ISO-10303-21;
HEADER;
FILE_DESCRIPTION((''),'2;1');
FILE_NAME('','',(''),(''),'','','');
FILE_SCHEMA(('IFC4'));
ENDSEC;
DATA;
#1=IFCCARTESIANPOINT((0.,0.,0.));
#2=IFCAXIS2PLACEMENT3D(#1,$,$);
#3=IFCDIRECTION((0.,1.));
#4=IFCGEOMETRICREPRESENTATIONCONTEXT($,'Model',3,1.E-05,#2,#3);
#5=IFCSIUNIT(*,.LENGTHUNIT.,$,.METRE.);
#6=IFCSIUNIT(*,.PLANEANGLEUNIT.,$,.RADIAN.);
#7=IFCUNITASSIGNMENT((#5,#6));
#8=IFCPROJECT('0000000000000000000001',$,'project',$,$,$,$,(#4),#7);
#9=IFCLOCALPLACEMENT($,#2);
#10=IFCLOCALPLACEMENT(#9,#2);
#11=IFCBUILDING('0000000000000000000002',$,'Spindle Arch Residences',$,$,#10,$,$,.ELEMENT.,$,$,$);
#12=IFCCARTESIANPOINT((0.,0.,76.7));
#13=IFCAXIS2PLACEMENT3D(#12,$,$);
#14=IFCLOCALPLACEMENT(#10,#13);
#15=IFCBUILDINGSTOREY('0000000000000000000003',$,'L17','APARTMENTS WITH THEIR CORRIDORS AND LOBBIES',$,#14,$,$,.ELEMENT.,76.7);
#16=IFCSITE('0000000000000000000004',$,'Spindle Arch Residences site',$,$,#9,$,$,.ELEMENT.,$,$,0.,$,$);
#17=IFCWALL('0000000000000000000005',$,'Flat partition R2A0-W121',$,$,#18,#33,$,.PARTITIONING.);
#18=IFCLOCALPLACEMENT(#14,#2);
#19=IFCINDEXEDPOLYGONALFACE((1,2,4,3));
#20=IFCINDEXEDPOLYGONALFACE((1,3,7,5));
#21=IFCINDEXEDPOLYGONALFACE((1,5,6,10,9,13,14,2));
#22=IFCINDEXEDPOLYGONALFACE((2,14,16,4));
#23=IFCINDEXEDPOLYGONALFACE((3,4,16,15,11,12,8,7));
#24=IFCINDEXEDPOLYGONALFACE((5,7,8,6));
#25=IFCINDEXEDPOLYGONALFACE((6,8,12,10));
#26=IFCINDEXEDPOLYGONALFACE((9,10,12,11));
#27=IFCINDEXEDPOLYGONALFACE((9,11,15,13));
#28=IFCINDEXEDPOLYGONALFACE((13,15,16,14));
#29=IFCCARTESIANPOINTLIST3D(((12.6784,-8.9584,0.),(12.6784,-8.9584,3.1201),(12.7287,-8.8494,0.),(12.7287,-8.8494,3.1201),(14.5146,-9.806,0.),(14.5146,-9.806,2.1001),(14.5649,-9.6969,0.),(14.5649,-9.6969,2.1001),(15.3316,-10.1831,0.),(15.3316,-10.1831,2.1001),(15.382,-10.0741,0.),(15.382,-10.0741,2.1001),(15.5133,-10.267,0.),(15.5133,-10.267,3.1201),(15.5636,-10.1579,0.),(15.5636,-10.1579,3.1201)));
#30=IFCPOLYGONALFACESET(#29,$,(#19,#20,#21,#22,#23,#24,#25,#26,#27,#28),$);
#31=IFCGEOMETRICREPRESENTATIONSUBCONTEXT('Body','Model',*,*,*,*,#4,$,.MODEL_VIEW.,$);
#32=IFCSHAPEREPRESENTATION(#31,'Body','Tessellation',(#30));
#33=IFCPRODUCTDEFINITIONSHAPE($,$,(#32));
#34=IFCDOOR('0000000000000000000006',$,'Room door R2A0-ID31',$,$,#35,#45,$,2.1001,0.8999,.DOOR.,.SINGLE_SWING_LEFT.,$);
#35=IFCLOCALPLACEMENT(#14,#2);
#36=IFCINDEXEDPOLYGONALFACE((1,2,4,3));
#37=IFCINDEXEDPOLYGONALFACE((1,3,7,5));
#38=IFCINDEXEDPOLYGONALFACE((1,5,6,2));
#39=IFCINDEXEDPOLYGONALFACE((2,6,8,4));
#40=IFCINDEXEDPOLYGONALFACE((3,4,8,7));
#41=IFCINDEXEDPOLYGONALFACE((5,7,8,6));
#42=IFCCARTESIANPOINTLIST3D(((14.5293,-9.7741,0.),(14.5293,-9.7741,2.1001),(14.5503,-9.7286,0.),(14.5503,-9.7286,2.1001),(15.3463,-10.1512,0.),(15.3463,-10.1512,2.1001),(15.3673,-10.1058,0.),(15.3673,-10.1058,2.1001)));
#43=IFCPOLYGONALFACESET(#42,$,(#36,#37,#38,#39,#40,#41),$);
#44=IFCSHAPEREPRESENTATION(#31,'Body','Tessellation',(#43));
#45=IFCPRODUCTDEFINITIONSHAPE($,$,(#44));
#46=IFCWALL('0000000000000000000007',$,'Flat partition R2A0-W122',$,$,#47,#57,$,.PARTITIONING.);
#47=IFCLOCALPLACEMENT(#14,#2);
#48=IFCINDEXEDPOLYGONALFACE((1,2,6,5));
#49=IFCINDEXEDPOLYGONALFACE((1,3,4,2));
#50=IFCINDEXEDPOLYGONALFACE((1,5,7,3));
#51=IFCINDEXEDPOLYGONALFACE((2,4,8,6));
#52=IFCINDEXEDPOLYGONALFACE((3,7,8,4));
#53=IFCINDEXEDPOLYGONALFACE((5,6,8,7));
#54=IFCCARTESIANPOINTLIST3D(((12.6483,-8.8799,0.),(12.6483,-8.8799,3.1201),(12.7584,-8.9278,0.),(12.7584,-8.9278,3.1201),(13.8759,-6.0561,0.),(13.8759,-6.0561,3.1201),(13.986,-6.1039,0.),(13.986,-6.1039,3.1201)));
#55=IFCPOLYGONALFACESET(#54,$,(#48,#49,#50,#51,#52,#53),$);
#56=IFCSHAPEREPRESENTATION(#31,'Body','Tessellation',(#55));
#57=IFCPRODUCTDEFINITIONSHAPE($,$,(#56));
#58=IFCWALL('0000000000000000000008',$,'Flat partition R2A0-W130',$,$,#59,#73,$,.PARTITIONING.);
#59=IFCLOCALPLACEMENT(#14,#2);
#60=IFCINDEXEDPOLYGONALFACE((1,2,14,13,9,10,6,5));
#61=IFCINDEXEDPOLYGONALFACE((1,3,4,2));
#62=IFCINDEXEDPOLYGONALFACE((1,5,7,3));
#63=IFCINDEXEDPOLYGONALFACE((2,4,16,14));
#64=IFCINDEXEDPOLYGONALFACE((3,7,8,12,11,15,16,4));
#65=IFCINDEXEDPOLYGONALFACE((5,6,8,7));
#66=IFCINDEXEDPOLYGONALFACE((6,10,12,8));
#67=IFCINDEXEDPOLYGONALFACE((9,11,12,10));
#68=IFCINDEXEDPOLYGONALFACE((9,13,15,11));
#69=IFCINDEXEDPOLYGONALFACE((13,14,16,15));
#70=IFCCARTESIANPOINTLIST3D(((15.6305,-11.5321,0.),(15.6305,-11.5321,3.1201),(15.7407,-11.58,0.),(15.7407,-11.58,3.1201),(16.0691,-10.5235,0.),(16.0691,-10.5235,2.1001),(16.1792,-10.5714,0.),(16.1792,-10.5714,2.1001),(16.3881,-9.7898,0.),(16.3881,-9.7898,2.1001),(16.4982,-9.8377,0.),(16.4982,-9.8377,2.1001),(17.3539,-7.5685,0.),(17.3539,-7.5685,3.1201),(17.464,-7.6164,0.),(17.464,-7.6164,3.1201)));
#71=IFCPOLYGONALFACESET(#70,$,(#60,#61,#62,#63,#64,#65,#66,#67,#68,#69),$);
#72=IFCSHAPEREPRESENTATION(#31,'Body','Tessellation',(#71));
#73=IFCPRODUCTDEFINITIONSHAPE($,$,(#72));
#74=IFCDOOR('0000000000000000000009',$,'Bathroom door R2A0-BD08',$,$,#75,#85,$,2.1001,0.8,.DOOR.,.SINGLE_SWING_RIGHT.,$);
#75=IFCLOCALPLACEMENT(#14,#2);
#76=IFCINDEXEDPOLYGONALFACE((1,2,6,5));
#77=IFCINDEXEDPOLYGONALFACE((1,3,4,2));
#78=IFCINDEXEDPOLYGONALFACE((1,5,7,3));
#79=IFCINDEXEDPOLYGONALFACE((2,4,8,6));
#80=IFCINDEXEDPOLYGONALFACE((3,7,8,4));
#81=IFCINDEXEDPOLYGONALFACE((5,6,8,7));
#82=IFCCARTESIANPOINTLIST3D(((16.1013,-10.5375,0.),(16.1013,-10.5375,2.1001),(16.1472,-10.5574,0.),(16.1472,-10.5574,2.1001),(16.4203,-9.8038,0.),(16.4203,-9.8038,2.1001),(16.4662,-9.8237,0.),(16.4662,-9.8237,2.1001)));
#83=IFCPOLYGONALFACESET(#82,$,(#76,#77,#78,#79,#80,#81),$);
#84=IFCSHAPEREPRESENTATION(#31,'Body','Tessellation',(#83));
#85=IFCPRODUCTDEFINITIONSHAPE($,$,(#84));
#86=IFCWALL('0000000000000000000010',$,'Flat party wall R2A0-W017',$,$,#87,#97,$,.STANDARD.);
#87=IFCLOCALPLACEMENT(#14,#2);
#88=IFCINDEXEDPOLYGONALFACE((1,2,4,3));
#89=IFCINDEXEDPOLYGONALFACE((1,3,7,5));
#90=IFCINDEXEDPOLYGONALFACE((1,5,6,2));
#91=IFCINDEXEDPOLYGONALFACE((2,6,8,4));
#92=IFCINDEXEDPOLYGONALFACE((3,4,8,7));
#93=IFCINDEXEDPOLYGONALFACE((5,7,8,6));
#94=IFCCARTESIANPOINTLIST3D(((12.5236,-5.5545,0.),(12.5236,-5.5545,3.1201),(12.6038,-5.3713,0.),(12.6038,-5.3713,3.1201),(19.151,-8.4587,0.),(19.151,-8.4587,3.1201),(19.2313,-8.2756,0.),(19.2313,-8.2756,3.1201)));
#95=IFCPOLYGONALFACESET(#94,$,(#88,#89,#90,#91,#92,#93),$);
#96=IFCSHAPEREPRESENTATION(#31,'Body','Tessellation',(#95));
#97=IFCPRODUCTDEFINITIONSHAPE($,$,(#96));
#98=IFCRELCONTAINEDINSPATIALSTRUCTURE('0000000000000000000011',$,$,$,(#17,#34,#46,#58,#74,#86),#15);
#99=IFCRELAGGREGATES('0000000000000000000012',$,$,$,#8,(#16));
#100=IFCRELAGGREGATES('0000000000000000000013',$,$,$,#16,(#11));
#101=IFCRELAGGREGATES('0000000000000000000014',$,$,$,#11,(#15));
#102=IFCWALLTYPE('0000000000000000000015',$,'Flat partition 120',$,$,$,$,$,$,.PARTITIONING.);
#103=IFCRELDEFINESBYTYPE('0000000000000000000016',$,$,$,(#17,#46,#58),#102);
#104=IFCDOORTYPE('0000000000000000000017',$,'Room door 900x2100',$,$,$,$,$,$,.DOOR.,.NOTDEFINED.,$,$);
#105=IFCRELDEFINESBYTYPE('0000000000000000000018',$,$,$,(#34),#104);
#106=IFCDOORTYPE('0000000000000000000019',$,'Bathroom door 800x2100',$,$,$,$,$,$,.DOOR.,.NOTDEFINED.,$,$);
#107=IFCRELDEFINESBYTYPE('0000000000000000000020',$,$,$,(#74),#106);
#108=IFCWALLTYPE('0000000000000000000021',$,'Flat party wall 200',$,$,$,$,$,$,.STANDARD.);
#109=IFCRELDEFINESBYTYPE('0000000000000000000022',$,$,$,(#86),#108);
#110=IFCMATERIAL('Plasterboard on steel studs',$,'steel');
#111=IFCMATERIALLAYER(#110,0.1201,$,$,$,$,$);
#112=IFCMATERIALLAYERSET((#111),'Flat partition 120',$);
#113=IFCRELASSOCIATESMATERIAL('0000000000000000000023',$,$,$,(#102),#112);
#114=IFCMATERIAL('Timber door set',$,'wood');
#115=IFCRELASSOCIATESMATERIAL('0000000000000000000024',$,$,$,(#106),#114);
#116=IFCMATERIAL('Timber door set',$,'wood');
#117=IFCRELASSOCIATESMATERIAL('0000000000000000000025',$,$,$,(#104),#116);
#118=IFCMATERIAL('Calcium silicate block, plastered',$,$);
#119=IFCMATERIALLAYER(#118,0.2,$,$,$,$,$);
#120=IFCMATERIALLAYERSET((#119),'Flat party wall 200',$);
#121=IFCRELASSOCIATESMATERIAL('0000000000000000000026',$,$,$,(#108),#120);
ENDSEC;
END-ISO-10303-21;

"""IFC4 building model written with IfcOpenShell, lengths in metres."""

from ifc_helpers import new_model, si_unit, direction, frame, frame_2d, origin, place, context, subcontext, project, spatial, rectangle, extrude, material, layer, layer_set, type_object, element, fill, save


model = new_model("IFC4")

# Units and contexts
model_context = context("Model", 3, precision=1e-05, world=origin(), true_north=direction((0.0, 1.0)))
body_context = subcontext(model_context, "Body", "Model", "MODEL_VIEW")
ifc_project = project(units=[si_unit("LENGTHUNIT", "METRE"), si_unit("PLANEANGLEUNIT", "RADIAN")], contexts=[model_context])

# Site, building, storey
site_placement = place(None, origin())
site = spatial("IfcSite", under=ifc_project, at=site_placement, Name="Spindle Arch Residences site", CompositionType="ELEMENT", RefElevation=0.0)
building_placement = place(site_placement, origin())
building = spatial("IfcBuilding", under=site, at=building_placement, Name="Spindle Arch Residences", CompositionType="ELEMENT")
storey_placement = place(building_placement, frame((0.0, 0.0, 76.7)))
storey = spatial("IfcBuildingStorey", under=building, at=storey_placement, Name="L17", Description="APARTMENTS WITH THEIR CORRIDORS AND LOBBIES", CompositionType="ELEMENT", Elevation=76.7)

# Shared definitions
ifc_material_1 = material(Name="Plasterboard on steel studs", Category="steel")
ifc_layer_1 = layer(ifc_material_1, 0.1201)
ifc_layer_set_1 = layer_set([ifc_layer_1], Name="Flat partition 120")
wall_type_1 = type_object("IfcWallType", Name="Flat partition 120", PredefinedType="PARTITIONING", material=ifc_layer_set_1)
ifc_material_2 = material(Name="Timber door set", Category="wood")
door_type_1 = type_object("IfcDoorType", Name="Bathroom door 800x2100", OperationType="NOTDEFINED", PredefinedType="DOOR", material=ifc_material_2)

# Wall, opening, door
wall_1_placement = place(storey_placement, frame((15.5383, -10.2124, 0.0), z_axis=(0.0, 0.0, 1.0), x_axis=(-0.907941, 0.419098, 0.0)))
wall_1 = element("IfcWall", 1, at=wall_1_placement, inside=storey, type_object=wall_type_1, Name="Flat partition R2A0-W121", PredefinedType="PARTITIONING", context=body_context, shape_type="SweptSolid", body=[
    extrude(rectangle(XDim=3.1223, YDim=0.1201, at=frame_2d((1.561, 0.0))), origin(), (0.0, 0.0, 1.0), 3.1201),
])
opening_1_placement = place(wall_1_placement, frame((0.2, 0.0, 0.0)))
opening_1 = element("IfcOpeningElement", 2, at=opening_1_placement, cuts=wall_1, PredefinedType="OPENING", context=body_context, shape_type="SweptSolid", body=[
    extrude(rectangle(XDim=0.8999, YDim=2.1001, at=frame_2d((0.45, 1.05))), frame((0.0, 0.0701, 0.0), z_axis=(0.0, -1.0, 0.0), x_axis=(1.0, 0.0, 0.0)), (0.0, 0.0, 1.0), 0.1401),
])
ifc_material_3 = material(Name="Timber door set", Category="wood")
door_type_2 = type_object("IfcDoorType", Name="Room door 900x2100", OperationType="NOTDEFINED", PredefinedType="DOOR", material=ifc_material_3)
door_1_placement = place(opening_1_placement, origin())
door_1 = element("IfcDoor", 3, at=door_1_placement, inside=storey, type_object=door_type_2, Name="Room door R2A0-ID31", OperationType="SINGLE_SWING_LEFT", OverallHeight=2.1001, OverallWidth=0.8999, PredefinedType="DOOR", context=body_context, shape_type="SweptSolid", body=[
    extrude(rectangle(XDim=0.8999, YDim=2.1001, at=frame_2d((0.45, 1.05))), frame((0.0, 0.0249, 0.0), z_axis=(0.0, -1.0, 0.0), x_axis=(1.0, 0.0, 0.0)), (0.0, 0.0, 1.0), 0.05),
])
fill(opening_1, door_1)

# Wall
wall_2_placement = place(storey_placement, frame((12.7034, -8.9038, 0.0), z_axis=(0.0, 0.0, 1.0), x_axis=(0.39868, 0.91709, 0.0)))
element("IfcWall", 4, at=wall_2_placement, inside=storey, type_object=wall_type_1, Name="Flat partition R2A0-W122", PredefinedType="PARTITIONING", context=body_context, shape_type="SweptSolid", body=[
    extrude(rectangle(XDim=3.0791, YDim=0.1201, at=frame_2d((1.5396, 0.0))), origin(), (0.0, 0.0, 1.0), 3.1201),
])

# Wall, opening, door
wall_3_placement = place(storey_placement, frame((15.6855, -11.5562, 0.0), z_axis=(0.0, 0.0, 1.0), x_axis=(0.398741, 0.917064, 0.0)))
wall_3 = element("IfcWall", 5, at=wall_3_placement, inside=storey, type_object=wall_type_1, Name="Flat partition R2A0-W130", PredefinedType="PARTITIONING", context=body_context, shape_type="SweptSolid", body=[
    extrude(rectangle(XDim=4.322, YDim=0.1201, at=frame_2d((2.1611, 0.0))), origin(), (0.0, 0.0, 1.0), 3.1201),
])
opening_2_placement = place(wall_3_placement, frame((1.1001, 0.0, 0.0)))
opening_2 = element("IfcOpeningElement", 6, at=opening_2_placement, cuts=wall_3, PredefinedType="OPENING", context=body_context, shape_type="SweptSolid", body=[
    extrude(rectangle(XDim=0.8, YDim=2.1001, at=frame_2d((0.3999, 1.05))), frame((0.0, 0.0701, 0.0), z_axis=(0.0, -1.0, 0.0), x_axis=(1.0, 0.0, 0.0)), (0.0, 0.0, 1.0), 0.1401),
])
door_2_placement = place(opening_2_placement, origin())
door_2 = element("IfcDoor", 7, at=door_2_placement, inside=storey, type_object=door_type_1, Name="Bathroom door R2A0-BD08", OperationType="SINGLE_SWING_RIGHT", OverallHeight=2.1001, OverallWidth=0.8, PredefinedType="DOOR", context=body_context, shape_type="SweptSolid", body=[
    extrude(rectangle(XDim=0.8, YDim=2.1001, at=frame_2d((0.3999, 1.05))), frame((0.0, 0.0249, 0.0), z_axis=(0.0, -1.0, 0.0), x_axis=(1.0, 0.0, 0.0)), (0.0, 0.0, 1.0), 0.05),
])
fill(opening_2, door_2)

# Wall
ifc_material_4 = material(Name="Calcium silicate block, plastered")
ifc_layer_2 = layer(ifc_material_4, 0.2)
ifc_layer_set_2 = layer_set([ifc_layer_2], Name="Flat party wall 200")
wall_type_2 = type_object("IfcWallType", Name="Flat party wall 200", PredefinedType="STANDARD", material=ifc_layer_set_2)
wall_4_placement = place(storey_placement, frame((12.5637, -5.4629, 0.0), z_axis=(0.0, 0.0, 1.0), x_axis=(0.915914, -0.401375, 0.0)))
element("IfcWall", 8, at=wall_4_placement, inside=storey, type_object=wall_type_2, Name="Flat party wall R2A0-W017", PredefinedType="STANDARD", context=body_context, shape_type="SweptSolid", body=[
    extrude(rectangle(XDim=7.2358, YDim=0.2, at=frame_2d((3.6179, 0.0))), origin(), (0.0, 0.0, 1.0), 3.1201),
])

save(model, "model.ifc")
